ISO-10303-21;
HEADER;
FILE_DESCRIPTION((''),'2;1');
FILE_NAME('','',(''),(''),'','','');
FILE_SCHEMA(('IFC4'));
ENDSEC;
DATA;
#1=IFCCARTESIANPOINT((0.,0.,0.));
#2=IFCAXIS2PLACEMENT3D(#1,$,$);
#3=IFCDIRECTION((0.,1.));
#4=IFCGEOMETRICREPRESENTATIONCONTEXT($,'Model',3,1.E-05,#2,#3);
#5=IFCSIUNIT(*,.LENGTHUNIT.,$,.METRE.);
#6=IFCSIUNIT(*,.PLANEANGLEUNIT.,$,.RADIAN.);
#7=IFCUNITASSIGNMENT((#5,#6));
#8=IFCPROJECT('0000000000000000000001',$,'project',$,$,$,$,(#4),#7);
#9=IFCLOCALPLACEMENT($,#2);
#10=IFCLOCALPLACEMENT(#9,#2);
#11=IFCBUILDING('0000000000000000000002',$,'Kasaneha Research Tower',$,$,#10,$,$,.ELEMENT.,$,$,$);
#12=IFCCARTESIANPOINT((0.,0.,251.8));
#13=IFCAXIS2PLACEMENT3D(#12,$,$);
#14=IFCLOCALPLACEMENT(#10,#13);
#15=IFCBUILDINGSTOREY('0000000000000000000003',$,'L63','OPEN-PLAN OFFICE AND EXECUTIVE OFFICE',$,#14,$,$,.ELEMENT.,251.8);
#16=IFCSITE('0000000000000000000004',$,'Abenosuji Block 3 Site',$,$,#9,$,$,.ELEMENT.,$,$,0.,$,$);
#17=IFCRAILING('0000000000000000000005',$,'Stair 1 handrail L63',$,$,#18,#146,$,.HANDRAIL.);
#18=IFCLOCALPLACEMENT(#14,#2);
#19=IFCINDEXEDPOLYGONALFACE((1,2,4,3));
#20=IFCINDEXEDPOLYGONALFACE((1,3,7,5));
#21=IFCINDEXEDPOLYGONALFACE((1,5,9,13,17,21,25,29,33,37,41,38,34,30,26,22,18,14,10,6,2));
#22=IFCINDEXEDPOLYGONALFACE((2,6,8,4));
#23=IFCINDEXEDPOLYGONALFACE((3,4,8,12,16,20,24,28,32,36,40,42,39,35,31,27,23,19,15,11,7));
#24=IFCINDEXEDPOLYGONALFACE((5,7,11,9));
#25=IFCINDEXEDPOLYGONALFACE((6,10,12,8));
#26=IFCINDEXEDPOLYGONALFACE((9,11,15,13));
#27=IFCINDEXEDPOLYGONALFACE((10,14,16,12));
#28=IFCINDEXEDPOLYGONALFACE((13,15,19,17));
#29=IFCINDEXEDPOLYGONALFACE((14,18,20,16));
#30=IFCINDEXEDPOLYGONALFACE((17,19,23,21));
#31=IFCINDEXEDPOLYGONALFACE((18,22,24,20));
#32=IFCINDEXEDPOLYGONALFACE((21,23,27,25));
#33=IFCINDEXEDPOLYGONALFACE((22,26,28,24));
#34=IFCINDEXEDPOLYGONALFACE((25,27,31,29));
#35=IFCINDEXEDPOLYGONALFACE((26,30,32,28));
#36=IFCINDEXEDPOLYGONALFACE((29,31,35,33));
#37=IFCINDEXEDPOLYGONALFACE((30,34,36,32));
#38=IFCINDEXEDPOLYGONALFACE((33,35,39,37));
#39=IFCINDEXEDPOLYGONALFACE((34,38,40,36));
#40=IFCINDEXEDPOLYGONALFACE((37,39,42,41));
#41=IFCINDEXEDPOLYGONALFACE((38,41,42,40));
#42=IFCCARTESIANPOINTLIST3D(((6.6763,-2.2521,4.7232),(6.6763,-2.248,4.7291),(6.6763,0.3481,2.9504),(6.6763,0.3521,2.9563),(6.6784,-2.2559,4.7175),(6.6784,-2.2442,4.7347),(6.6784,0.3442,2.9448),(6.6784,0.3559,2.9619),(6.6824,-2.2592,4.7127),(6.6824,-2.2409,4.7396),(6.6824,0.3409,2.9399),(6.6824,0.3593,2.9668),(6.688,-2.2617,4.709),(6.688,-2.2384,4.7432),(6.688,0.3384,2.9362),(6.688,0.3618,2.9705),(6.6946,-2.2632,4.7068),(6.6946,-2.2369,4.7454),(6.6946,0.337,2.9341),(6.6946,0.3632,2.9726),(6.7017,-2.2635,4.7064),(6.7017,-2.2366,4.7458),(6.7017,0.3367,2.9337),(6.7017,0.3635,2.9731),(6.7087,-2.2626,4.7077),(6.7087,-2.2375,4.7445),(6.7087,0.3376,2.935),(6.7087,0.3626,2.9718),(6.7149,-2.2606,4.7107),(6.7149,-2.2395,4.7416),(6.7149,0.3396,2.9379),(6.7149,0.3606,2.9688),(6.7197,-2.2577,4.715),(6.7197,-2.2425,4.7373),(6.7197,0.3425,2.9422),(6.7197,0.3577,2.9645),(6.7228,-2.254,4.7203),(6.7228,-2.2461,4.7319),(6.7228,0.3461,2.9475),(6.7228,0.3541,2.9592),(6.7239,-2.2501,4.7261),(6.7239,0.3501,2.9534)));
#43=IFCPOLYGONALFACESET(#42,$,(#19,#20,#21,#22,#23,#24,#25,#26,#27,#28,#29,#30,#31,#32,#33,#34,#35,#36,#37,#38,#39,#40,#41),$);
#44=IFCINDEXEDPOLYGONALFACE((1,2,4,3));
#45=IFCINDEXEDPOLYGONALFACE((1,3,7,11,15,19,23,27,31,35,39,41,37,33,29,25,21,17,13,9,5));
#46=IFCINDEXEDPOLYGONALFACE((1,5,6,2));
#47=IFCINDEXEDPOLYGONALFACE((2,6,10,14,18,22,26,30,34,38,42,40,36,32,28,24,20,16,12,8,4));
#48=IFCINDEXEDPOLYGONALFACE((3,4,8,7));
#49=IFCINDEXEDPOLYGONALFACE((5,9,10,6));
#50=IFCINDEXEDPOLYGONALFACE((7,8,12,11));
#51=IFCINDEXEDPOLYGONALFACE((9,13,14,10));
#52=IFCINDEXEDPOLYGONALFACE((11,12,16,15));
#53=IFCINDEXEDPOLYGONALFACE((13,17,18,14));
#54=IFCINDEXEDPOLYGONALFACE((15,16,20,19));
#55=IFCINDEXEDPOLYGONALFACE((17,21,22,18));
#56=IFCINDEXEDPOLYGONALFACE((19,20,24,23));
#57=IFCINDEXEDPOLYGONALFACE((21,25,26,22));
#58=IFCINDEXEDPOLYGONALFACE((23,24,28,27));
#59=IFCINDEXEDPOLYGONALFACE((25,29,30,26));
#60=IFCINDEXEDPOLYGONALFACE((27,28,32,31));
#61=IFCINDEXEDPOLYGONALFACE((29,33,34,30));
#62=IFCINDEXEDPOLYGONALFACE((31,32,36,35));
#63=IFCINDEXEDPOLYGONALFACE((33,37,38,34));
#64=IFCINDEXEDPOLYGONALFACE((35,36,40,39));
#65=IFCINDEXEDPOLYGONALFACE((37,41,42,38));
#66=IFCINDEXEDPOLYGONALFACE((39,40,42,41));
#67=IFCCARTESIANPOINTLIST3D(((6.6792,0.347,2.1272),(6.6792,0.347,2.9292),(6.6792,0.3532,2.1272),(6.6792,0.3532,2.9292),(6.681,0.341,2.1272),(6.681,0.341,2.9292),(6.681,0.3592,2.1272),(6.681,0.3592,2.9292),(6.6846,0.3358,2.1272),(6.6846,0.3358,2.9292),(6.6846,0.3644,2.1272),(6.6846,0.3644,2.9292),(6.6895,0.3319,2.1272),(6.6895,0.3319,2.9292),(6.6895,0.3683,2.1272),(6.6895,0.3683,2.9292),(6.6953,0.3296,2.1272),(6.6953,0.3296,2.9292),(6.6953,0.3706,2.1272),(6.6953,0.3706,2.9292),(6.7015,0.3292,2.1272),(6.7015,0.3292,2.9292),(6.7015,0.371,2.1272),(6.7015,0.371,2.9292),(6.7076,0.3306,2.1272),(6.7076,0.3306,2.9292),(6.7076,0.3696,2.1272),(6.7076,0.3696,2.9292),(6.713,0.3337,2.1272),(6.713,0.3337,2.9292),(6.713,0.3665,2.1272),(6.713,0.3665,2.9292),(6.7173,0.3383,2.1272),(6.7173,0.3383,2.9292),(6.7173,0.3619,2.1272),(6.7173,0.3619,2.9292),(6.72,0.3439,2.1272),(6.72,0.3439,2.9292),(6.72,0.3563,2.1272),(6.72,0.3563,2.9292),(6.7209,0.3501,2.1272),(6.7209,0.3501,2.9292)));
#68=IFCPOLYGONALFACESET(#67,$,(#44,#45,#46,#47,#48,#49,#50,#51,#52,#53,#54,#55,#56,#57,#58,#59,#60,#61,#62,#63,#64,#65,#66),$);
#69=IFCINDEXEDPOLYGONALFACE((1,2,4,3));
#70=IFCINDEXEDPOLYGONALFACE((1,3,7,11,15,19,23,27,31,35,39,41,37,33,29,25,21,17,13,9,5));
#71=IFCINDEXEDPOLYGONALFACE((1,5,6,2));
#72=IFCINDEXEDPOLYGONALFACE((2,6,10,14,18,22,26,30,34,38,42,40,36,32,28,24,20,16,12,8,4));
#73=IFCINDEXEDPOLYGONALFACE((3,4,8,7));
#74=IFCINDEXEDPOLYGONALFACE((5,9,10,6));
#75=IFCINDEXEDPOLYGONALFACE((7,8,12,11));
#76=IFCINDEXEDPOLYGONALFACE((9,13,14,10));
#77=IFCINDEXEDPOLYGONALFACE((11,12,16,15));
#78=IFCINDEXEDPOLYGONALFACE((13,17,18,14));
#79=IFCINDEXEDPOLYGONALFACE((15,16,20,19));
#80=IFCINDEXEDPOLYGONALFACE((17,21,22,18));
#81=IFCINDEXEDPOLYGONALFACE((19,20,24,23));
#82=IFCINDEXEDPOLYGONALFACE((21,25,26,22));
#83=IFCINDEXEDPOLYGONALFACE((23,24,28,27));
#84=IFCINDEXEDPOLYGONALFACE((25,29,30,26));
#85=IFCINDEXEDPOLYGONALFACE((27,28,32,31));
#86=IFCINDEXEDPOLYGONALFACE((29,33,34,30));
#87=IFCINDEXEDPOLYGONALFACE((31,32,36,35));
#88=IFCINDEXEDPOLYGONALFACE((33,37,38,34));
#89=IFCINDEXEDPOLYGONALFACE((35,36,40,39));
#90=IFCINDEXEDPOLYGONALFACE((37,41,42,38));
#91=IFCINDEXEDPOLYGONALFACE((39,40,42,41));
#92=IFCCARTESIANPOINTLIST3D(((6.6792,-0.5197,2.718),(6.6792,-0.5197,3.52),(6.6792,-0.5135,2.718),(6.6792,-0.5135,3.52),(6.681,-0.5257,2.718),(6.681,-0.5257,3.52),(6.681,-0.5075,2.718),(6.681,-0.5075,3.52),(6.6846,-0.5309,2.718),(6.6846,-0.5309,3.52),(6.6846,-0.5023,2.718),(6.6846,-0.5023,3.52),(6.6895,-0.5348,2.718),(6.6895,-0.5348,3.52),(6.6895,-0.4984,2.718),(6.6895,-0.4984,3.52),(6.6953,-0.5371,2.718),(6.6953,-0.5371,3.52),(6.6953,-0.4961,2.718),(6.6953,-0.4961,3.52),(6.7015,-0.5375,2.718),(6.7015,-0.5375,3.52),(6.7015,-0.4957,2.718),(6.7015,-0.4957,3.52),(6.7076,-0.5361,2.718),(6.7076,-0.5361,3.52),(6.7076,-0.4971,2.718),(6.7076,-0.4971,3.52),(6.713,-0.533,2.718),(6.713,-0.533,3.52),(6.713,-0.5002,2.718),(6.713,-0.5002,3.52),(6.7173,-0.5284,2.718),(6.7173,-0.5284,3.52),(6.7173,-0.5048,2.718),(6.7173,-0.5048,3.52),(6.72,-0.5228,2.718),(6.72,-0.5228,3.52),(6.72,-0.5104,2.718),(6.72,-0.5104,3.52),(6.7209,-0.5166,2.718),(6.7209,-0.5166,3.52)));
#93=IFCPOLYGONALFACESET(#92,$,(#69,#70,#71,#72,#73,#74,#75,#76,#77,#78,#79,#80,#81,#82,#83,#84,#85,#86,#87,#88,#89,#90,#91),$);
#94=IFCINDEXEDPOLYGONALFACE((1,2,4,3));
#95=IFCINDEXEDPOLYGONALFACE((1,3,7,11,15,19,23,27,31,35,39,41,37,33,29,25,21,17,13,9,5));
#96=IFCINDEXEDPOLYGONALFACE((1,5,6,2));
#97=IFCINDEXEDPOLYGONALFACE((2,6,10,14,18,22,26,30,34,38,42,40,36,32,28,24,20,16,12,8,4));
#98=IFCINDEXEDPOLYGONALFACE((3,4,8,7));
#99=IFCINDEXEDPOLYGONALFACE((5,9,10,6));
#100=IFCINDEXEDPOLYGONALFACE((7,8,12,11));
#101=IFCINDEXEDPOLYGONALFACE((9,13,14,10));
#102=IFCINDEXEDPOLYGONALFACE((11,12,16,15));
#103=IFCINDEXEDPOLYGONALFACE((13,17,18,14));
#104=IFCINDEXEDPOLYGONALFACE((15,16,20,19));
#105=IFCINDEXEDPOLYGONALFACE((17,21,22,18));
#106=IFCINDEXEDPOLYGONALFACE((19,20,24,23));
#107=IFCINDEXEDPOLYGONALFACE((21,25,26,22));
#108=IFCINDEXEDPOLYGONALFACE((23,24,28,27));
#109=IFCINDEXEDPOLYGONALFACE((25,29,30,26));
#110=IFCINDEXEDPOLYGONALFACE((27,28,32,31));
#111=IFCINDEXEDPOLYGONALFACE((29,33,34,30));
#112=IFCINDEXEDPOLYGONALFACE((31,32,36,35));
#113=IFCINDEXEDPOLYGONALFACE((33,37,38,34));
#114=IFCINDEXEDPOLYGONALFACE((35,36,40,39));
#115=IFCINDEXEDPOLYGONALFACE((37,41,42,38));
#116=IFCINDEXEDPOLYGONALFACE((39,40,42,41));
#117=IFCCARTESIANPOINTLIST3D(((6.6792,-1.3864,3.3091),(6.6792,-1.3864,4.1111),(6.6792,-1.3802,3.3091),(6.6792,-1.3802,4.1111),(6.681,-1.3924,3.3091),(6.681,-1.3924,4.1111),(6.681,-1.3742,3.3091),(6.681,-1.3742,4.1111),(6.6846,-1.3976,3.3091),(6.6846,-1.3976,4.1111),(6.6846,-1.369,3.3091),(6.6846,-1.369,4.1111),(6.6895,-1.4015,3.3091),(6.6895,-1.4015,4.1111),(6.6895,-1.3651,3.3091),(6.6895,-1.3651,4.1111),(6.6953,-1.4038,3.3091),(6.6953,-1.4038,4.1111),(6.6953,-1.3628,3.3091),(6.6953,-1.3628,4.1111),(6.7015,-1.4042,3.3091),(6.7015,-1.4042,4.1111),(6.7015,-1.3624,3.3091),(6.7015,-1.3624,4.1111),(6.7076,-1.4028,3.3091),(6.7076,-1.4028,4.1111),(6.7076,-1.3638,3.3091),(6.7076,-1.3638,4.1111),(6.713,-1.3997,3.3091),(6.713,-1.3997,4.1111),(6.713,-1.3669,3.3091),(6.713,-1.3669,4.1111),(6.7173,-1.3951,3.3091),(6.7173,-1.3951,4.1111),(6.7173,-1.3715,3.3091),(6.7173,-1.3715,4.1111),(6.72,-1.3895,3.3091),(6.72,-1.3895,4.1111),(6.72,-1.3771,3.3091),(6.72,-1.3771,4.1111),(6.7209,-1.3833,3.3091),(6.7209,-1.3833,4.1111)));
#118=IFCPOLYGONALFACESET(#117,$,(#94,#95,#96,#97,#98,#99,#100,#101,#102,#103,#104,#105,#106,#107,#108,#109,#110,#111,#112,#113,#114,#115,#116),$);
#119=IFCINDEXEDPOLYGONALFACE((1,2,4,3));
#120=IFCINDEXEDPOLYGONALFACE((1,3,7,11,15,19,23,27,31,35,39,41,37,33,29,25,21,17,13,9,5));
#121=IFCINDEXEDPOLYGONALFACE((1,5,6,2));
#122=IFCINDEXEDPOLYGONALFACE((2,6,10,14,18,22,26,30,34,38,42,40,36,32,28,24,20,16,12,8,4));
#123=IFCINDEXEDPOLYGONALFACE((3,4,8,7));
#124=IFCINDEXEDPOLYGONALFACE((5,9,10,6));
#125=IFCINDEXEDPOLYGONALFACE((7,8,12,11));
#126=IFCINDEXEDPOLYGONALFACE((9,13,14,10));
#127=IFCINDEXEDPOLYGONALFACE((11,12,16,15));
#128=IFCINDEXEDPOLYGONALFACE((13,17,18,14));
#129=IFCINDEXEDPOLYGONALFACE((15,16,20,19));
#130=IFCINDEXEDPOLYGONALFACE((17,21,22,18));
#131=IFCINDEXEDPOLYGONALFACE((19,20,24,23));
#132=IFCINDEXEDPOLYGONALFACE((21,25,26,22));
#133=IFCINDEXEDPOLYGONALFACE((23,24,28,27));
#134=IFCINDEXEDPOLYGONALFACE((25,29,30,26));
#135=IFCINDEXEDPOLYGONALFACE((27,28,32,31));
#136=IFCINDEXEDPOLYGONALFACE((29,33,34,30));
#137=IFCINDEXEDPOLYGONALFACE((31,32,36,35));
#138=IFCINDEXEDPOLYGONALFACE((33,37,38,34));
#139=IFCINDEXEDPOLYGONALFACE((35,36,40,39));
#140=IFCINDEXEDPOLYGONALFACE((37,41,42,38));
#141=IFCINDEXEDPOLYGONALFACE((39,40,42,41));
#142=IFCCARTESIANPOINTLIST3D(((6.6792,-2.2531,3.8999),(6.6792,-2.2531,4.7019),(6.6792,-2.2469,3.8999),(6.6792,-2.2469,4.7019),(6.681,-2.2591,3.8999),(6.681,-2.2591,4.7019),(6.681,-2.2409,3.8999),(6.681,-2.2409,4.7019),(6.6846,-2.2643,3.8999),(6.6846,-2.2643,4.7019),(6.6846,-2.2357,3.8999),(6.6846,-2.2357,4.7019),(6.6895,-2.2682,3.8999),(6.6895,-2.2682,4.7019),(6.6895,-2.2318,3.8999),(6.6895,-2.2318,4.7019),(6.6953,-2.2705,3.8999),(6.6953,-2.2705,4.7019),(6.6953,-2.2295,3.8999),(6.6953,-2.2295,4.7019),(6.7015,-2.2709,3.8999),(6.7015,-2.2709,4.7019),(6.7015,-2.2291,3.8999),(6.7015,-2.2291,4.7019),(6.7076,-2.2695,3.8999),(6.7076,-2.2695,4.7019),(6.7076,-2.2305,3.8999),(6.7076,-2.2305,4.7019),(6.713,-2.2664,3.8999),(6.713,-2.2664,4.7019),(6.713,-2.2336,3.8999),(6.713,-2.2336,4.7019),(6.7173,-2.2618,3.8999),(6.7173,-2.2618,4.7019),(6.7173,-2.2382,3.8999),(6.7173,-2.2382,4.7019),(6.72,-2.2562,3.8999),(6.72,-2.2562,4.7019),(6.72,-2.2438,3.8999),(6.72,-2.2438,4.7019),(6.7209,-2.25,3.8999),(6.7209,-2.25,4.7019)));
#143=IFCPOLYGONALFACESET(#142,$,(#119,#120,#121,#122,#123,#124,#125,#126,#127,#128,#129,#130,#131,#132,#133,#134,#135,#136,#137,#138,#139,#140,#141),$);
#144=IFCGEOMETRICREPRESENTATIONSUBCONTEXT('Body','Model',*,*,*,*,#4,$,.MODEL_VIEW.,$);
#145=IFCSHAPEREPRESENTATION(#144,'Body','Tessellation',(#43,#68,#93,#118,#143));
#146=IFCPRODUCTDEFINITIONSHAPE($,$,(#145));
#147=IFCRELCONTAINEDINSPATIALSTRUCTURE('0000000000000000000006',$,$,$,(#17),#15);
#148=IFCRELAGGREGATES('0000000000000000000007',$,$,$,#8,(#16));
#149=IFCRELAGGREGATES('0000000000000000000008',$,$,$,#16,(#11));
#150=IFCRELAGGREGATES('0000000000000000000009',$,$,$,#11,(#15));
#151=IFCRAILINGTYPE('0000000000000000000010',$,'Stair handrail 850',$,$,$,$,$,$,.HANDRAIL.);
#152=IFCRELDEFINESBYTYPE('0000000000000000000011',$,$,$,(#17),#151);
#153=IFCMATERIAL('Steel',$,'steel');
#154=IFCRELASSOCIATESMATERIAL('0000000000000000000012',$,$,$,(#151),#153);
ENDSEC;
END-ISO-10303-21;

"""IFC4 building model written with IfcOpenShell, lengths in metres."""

from ifc_helpers import new_model, si_unit, direction, frame, origin, origin_2d, place, context, subcontext, project, spatial, circle, extrude, material, type_object, element, save


model = new_model("IFC4")

# Units and contexts
model_context = context("Model", 3, precision=1e-05, world=origin(), true_north=direction((0.0, 1.0)))
body_context = subcontext(model_context, "Body", "Model", "MODEL_VIEW")
ifc_project = project(units=[si_unit("LENGTHUNIT", "METRE"), si_unit("PLANEANGLEUNIT", "RADIAN")], contexts=[model_context])

# Site, building, storey
site_placement = place(None, origin())
site = spatial("IfcSite", under=ifc_project, at=site_placement, Name="Abenosuji Block 3 Site", CompositionType="ELEMENT", RefElevation=0.0)
building_placement = place(site_placement, origin())
building = spatial("IfcBuilding", under=site, at=building_placement, Name="Kasaneha Research Tower", CompositionType="ELEMENT")
storey_placement = place(building_placement, frame((0.0, 0.0, 251.8)))
storey = spatial("IfcBuildingStorey", under=building, at=storey_placement, Name="L63", Description="OPEN-PLAN OFFICE AND EXECUTIVE OFFICE", CompositionType="ELEMENT", Elevation=251.8)

# Railing
ifc_material_1 = material(Name="Steel", Category="steel")
railing_type_1 = type_object("IfcRailingType", Name="Stair handrail 850", PredefinedType="HANDRAIL", material=ifc_material_1)
railing_1_placement = place(storey_placement, frame((6.7, 0.3501, 2.1272)))
element("IfcRailing", 1, at=railing_1_placement, inside=storey, type_object=railing_type_1, Name="Stair 1 handrail L63", PredefinedType="HANDRAIL", context=body_context, shape_type="SweptSolid", body=[
    extrude(circle(Radius=0.0239, at=origin_2d()), frame((0.0, 0.0, 0.8262), z_axis=(0.0, -0.82624, 0.563318), x_axis=(1.0, 0.0, 0.0)), (0.0, 0.0, 1.0), 3.147),
    extrude(circle(Radius=0.021, at=origin_2d()), origin(), (0.0, 0.0, 1.0), 0.802),
    extrude(circle(Radius=0.021, at=origin_2d()), frame((0.0, -0.8667, 0.5908)), (0.0, 0.0, 1.0), 0.802),
    extrude(circle(Radius=0.021, at=origin_2d()), frame((0.0, -1.7334, 1.1819)), (0.0, 0.0, 1.0), 0.802),
    extrude(circle(Radius=0.021, at=origin_2d()), frame((0.0, -2.6001, 1.7727)), (0.0, 0.0, 1.0), 0.802),
])

save(model, "model.ifc")
